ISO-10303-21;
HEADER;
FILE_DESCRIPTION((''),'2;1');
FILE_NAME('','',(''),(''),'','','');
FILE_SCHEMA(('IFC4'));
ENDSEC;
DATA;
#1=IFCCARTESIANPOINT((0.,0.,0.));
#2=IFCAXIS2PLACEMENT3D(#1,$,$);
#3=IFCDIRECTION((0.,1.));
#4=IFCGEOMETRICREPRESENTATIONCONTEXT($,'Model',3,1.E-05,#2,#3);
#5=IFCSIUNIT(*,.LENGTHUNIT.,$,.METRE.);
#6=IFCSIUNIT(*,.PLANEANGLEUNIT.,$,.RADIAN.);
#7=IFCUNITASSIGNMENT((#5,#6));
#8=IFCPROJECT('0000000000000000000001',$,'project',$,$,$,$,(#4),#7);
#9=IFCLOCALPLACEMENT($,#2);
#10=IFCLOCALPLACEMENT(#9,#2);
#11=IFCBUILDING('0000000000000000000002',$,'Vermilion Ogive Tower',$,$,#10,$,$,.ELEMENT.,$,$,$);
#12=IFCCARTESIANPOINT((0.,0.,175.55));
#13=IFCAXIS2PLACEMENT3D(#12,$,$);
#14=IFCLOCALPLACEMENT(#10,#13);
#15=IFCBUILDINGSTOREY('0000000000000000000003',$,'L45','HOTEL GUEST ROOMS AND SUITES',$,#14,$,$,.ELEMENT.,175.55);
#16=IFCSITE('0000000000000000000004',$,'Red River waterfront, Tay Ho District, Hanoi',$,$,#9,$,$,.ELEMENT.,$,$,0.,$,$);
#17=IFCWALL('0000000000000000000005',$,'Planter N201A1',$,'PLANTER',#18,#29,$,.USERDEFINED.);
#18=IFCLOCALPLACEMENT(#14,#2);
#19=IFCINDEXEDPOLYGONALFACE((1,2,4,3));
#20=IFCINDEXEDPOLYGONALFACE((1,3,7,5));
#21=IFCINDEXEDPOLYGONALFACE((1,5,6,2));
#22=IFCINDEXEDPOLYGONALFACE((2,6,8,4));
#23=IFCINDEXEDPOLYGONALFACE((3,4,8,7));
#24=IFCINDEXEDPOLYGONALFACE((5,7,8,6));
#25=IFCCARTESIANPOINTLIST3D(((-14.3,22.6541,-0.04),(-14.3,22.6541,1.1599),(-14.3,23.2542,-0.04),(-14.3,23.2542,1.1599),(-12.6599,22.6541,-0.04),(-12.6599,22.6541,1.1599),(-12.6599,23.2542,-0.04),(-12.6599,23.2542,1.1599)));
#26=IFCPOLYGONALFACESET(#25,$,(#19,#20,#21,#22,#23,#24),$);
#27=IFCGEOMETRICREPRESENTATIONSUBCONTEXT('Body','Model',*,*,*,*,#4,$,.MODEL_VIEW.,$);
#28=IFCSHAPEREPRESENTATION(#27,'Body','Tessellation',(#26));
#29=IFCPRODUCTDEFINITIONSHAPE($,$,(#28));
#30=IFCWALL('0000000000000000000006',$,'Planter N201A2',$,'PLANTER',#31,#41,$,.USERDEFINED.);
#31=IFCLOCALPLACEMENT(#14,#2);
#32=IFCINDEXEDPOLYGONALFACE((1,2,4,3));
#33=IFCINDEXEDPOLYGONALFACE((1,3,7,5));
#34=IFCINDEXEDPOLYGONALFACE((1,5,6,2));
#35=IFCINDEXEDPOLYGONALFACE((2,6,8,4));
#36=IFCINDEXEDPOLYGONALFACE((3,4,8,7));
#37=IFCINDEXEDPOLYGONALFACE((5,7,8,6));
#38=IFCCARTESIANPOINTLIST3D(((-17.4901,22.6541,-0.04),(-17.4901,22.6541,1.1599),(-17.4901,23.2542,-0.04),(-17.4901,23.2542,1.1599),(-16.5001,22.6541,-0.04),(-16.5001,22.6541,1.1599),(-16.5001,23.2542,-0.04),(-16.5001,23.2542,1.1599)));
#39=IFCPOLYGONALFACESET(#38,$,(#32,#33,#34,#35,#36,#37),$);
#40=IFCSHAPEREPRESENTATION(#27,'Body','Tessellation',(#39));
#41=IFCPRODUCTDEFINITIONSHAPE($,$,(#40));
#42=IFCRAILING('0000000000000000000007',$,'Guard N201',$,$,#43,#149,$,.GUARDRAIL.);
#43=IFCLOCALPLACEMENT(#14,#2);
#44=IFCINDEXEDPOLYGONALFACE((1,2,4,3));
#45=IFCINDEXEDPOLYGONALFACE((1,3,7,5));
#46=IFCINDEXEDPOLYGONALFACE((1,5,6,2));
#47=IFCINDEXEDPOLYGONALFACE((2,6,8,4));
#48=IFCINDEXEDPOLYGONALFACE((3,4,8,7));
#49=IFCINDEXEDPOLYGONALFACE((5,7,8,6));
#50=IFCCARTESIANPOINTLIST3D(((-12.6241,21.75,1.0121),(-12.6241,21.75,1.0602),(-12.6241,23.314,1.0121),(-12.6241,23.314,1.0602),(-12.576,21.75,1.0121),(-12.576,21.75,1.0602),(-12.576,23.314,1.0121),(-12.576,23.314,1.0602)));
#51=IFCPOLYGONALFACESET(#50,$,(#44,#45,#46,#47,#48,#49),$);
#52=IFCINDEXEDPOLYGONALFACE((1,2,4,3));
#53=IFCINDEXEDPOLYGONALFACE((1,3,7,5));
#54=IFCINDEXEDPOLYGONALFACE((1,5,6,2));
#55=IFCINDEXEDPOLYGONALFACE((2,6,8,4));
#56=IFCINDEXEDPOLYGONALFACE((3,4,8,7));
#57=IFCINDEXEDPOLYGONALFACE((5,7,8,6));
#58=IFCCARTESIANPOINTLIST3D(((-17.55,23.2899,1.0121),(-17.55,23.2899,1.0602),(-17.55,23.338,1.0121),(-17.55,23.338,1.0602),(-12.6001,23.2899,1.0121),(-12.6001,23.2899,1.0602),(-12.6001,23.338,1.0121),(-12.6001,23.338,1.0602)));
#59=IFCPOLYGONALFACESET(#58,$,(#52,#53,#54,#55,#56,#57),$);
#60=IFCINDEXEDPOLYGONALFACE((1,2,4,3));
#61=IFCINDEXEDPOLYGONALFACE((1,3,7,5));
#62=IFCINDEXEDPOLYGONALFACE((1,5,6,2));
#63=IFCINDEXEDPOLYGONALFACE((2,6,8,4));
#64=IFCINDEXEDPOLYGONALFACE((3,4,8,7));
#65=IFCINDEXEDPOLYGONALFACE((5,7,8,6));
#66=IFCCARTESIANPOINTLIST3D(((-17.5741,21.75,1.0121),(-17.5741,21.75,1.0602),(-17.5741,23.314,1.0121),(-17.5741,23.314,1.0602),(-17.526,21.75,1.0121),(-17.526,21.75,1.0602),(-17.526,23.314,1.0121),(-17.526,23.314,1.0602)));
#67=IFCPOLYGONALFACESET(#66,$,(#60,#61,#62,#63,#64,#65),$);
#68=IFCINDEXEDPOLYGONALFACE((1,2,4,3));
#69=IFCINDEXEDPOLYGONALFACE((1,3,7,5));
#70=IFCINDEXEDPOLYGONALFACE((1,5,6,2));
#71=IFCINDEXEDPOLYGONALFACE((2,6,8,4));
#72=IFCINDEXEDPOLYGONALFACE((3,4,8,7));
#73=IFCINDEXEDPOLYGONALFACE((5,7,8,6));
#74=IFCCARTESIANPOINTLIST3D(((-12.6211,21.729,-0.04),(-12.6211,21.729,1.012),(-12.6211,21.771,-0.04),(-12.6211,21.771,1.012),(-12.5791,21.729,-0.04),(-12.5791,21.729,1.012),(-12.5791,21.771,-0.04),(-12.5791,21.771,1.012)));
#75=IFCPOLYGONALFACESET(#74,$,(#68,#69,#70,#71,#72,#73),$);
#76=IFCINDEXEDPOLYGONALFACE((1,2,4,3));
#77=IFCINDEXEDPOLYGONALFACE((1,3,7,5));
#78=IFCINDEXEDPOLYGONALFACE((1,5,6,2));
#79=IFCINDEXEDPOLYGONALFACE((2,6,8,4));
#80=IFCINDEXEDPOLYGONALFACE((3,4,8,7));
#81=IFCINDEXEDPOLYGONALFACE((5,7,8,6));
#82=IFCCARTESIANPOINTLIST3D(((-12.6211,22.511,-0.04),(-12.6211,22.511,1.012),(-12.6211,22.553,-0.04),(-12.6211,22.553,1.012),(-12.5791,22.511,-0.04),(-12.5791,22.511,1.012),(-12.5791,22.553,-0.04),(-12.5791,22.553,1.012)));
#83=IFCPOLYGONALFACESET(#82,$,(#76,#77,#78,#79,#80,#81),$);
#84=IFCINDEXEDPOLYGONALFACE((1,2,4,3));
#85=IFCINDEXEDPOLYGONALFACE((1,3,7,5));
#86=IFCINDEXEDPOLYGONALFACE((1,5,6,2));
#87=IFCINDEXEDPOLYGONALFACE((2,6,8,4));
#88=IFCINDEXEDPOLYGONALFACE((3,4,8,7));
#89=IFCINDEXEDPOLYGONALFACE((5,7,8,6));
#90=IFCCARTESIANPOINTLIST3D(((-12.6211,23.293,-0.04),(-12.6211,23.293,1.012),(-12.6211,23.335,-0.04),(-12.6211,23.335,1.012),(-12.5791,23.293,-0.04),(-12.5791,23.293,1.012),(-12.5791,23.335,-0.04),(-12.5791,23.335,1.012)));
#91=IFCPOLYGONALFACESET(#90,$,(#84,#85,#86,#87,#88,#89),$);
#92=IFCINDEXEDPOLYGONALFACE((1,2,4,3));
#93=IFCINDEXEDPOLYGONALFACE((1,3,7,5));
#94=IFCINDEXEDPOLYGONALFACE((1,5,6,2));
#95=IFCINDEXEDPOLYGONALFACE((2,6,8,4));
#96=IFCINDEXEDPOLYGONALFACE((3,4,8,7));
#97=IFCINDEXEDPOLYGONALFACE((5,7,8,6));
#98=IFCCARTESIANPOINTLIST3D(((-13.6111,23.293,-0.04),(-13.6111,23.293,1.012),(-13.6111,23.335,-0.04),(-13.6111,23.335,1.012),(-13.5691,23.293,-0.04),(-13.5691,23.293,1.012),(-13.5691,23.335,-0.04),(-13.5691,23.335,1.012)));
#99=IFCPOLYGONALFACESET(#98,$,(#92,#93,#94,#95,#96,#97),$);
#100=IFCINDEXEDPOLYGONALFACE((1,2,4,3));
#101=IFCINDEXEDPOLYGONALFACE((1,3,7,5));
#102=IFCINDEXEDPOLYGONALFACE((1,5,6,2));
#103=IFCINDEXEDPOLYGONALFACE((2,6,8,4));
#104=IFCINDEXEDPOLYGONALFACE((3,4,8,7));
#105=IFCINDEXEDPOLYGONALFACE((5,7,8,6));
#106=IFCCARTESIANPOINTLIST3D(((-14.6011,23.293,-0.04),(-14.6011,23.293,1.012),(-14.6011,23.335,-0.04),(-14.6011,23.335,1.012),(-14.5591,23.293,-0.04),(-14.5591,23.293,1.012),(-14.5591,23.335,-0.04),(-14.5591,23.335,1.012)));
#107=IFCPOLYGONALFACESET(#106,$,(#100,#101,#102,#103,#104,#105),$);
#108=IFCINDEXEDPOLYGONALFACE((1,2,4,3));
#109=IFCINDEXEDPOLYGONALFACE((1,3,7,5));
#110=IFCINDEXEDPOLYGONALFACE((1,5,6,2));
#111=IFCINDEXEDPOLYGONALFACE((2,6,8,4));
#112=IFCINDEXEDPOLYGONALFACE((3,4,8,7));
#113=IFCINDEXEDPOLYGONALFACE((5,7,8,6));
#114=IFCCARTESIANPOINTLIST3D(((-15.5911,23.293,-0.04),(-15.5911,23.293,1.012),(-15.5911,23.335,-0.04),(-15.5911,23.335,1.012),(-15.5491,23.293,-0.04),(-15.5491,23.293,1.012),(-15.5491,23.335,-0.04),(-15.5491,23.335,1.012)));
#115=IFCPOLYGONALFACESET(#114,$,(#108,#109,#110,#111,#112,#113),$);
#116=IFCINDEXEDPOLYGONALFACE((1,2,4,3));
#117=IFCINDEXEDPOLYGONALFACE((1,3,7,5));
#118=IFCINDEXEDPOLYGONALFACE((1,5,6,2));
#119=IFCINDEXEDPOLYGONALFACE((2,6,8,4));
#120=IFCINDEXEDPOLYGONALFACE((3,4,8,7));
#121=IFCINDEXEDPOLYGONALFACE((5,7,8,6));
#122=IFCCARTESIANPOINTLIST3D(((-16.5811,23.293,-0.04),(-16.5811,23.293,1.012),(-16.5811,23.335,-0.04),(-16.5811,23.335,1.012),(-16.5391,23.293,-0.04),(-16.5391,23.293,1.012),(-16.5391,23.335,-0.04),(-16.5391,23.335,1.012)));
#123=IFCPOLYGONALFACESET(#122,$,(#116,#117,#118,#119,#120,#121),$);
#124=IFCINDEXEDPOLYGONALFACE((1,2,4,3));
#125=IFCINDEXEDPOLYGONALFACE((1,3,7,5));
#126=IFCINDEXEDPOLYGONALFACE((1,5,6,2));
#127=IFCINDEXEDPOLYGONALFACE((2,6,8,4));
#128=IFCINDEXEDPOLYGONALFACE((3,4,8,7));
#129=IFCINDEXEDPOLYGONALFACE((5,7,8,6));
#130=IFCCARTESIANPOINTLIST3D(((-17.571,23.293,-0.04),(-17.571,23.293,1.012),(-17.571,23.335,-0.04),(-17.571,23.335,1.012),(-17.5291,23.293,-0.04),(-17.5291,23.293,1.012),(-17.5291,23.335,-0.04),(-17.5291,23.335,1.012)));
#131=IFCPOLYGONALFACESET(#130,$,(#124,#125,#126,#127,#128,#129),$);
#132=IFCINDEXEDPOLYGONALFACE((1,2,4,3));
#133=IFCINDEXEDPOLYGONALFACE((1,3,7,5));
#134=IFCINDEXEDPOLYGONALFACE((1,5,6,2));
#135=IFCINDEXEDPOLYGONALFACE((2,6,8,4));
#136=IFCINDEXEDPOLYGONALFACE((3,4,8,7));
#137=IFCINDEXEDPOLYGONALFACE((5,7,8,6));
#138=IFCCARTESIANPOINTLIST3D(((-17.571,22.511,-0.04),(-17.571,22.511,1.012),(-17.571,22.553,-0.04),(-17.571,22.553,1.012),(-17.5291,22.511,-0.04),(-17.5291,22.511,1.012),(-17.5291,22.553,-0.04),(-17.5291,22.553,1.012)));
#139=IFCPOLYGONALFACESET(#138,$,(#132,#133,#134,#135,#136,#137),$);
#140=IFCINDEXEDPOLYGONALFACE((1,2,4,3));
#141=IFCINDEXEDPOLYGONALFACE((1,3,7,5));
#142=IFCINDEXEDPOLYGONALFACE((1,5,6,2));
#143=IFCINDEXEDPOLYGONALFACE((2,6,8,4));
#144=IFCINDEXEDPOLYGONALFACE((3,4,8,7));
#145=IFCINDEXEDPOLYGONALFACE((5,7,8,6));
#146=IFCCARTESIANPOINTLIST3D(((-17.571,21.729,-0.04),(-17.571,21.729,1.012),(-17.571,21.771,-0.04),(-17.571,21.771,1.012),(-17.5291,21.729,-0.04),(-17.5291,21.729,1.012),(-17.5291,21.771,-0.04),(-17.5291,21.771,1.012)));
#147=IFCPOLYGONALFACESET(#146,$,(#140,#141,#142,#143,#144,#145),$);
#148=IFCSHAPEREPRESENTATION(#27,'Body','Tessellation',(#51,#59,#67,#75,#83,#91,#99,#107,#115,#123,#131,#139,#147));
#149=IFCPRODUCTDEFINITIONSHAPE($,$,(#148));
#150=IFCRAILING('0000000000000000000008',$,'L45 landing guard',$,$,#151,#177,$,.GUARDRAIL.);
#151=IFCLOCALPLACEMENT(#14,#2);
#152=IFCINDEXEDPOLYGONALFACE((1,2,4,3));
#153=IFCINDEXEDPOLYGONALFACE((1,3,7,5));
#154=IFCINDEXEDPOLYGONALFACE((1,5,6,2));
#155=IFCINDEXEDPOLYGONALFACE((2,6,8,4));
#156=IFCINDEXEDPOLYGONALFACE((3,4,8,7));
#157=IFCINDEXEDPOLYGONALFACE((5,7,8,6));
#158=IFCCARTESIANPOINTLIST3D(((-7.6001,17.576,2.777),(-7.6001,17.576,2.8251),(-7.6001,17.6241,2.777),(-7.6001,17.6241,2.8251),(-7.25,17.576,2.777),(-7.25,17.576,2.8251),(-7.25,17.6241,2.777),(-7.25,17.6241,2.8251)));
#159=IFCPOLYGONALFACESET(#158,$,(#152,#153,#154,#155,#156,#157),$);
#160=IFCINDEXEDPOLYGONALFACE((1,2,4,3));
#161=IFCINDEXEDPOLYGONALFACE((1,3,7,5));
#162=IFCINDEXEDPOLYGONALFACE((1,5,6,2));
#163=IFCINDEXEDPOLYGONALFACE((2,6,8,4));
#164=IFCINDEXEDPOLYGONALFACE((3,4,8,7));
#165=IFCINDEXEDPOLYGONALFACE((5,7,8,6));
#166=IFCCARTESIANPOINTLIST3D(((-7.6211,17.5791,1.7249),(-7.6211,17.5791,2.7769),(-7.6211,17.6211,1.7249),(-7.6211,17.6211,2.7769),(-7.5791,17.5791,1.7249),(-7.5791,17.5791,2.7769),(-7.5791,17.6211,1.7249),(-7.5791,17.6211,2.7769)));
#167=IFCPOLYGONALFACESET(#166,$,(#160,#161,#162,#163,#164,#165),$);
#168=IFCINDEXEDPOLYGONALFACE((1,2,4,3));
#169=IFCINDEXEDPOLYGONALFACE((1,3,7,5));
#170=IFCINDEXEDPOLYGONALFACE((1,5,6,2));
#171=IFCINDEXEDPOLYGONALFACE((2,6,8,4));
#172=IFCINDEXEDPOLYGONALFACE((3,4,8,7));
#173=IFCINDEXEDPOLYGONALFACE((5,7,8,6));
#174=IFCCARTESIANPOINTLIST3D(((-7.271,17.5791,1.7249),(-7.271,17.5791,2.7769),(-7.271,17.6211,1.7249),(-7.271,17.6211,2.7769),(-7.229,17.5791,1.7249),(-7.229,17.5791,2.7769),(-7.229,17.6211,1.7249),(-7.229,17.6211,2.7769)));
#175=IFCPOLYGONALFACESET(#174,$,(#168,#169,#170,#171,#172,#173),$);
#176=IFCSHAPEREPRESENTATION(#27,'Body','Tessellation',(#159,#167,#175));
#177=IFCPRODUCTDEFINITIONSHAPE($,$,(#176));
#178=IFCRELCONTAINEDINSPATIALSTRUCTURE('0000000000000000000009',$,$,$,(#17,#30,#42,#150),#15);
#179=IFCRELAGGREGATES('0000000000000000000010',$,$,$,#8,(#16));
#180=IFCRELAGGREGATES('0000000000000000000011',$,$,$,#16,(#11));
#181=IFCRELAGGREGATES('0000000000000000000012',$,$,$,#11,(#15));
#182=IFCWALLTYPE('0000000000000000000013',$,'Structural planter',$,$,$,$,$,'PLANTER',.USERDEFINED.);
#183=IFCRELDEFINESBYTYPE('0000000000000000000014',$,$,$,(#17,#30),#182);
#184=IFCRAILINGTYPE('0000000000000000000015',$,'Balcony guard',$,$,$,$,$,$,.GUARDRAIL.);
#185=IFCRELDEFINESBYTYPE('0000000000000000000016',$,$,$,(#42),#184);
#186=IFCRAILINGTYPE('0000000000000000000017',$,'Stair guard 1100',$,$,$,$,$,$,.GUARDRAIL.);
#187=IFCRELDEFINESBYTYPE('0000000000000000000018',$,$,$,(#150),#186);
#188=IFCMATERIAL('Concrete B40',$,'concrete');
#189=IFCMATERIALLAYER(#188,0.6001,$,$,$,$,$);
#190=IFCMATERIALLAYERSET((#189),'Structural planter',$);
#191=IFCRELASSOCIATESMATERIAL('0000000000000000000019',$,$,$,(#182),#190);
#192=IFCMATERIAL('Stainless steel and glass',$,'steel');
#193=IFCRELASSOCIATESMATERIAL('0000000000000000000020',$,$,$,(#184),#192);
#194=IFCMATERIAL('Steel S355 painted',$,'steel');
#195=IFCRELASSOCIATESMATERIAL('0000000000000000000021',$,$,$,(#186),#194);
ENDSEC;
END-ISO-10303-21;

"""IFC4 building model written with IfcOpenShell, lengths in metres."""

from ifc_helpers import new_model, si_unit, direction, frame, frame_2d, origin, origin_2d, place, context, subcontext, project, spatial, rectangle, extrude, material, layer, layer_set, type_object, element, save


model = new_model("IFC4")

# Units and contexts
model_context = context("Model", 3, precision=1e-05, world=origin(), true_north=direction((0.0, 1.0)))
body_context = subcontext(model_context, "Body", "Model", "MODEL_VIEW")
ifc_project = project(units=[si_unit("LENGTHUNIT", "METRE"), si_unit("PLANEANGLEUNIT", "RADIAN")], contexts=[model_context])

# Site, building, storey
site_placement = place(None, origin())
site = spatial("IfcSite", under=ifc_project, at=site_placement, Name="Red River waterfront, Tay Ho District, Hanoi", CompositionType="ELEMENT", RefElevation=0.0)
building_placement = place(site_placement, origin())
building = spatial("IfcBuilding", under=site, at=building_placement, Name="Vermilion Ogive Tower", CompositionType="ELEMENT")
storey_placement = place(building_placement, frame((0.0, 0.0, 175.55)))
storey = spatial("IfcBuildingStorey", under=building, at=storey_placement, Name="L45", Description="HOTEL GUEST ROOMS AND SUITES", CompositionType="ELEMENT", Elevation=175.55)

# Walls
ifc_material_1 = material(Name="Concrete B40", Category="concrete")
ifc_layer_1 = layer(ifc_material_1, 0.6001)
ifc_layer_set_1 = layer_set([ifc_layer_1], Name="Structural planter")
wall_type_1 = type_object("IfcWallType", Name="Structural planter", ElementType="PLANTER", PredefinedType="USERDEFINED", material=ifc_layer_set_1)
wall_1_placement = place(storey_placement, frame((-12.6599, 22.9541, -0.04), z_axis=(0.0, 0.0, 1.0), x_axis=(-1.0, 0.0, 0.0)))
element("IfcWall", 1, at=wall_1_placement, inside=storey, type_object=wall_type_1, Name="Planter N201A1", ObjectType="PLANTER", PredefinedType="USERDEFINED", context=body_context, shape_type="SweptSolid", body=[
    extrude(rectangle(XDim=1.6401, YDim=0.6001, at=frame_2d((0.8201, 0.0))), origin(), (0.0, 0.0, 1.0), 1.2),
])
wall_2_placement = place(storey_placement, frame((-16.5, 22.9541, -0.04), z_axis=(0.0, 0.0, 1.0), x_axis=(-1.0, 0.0, 0.0)))
element("IfcWall", 2, at=wall_2_placement, inside=storey, type_object=wall_type_1, Name="Planter N201A2", ObjectType="PLANTER", PredefinedType="USERDEFINED", context=body_context, shape_type="SweptSolid", body=[
    extrude(rectangle(XDim=0.99, YDim=0.6001, at=frame_2d((0.4951, 0.0))), origin(), (0.0, 0.0, 1.0), 1.2),
])

# Railings
ifc_material_2 = material(Name="Stainless steel and glass", Category="steel")
railing_type_1 = type_object("IfcRailingType", Name="Balcony guard", PredefinedType="GUARDRAIL", material=ifc_material_2)
railing_1_placement = place(storey_placement, frame((-12.6001, 21.75, -0.04)))
element("IfcRailing", 3, at=railing_1_placement, inside=storey, type_object=railing_type_1, Name="Guard N201", PredefinedType="GUARDRAIL", context=body_context, shape_type="SweptSolid", body=[
    extrude(rectangle(XDim=0.0481, YDim=0.0481, at=origin_2d()), frame((0.0, 0.0, 1.0762), z_axis=(0.0, 1.0, 0.0), x_axis=(-1.0, 0.0, 0.0)), (0.0, 0.0, 1.0), 1.564),
    extrude(rectangle(XDim=0.0481, YDim=0.0481, at=origin_2d()), frame((0.0, 1.564, 1.0762), z_axis=(-1.0, 0.0, 0.0), x_axis=(0.0, -1.0, 0.0)), (0.0, 0.0, 1.0), 4.95),
    extrude(rectangle(XDim=0.0481, YDim=0.0481, at=origin_2d()), frame((-4.95, 1.564, 1.0762), z_axis=(0.0, -1.0, 0.0), x_axis=(1.0, 0.0, 0.0)), (0.0, 0.0, 1.0), 1.564),
    extrude(rectangle(XDim=0.042, YDim=0.042, at=origin_2d()), origin(), (0.0, 0.0, 1.0), 1.052),
    extrude(rectangle(XDim=0.042, YDim=0.042, at=origin_2d()), frame((0.0, 0.782, 0.0)), (0.0, 0.0, 1.0), 1.052),
    extrude(rectangle(XDim=0.042, YDim=0.042, at=origin_2d()), frame((0.0, 1.564, 0.0)), (0.0, 0.0, 1.0), 1.052),
    extrude(rectangle(XDim=0.042, YDim=0.042, at=origin_2d()), frame((-0.99, 1.564, 0.0)), (0.0, 0.0, 1.0), 1.052),
    extrude(rectangle(XDim=0.042, YDim=0.042, at=origin_2d()), frame((-1.98, 1.564, 0.0)), (0.0, 0.0, 1.0), 1.052),
    extrude(rectangle(XDim=0.042, YDim=0.042, at=origin_2d()), frame((-2.97, 1.564, 0.0)), (0.0, 0.0, 1.0), 1.052),
    extrude(rectangle(XDim=0.042, YDim=0.042, at=origin_2d()), frame((-3.96, 1.564, 0.0)), (0.0, 0.0, 1.0), 1.052),
    extrude(rectangle(XDim=0.042, YDim=0.042, at=origin_2d()), frame((-4.95, 1.564, 0.0)), (0.0, 0.0, 1.0), 1.052),
    extrude(rectangle(XDim=0.042, YDim=0.042, at=origin_2d()), frame((-4.95, 0.782, 0.0)), (0.0, 0.0, 1.0), 1.052),
    extrude(rectangle(XDim=0.042, YDim=0.042, at=origin_2d()), frame((-4.95, 0.0, 0.0)), (0.0, 0.0, 1.0), 1.052),
])
ifc_material_3 = material(Name="Steel S355 painted", Category="steel")
railing_type_2 = type_object("IfcRailingType", Name="Stair guard 1100", PredefinedType="GUARDRAIL", material=ifc_material_3)
railing_2_placement = place(storey_placement, frame((-7.6001, 17.6001, 1.7249)))
element("IfcRailing", 4, at=railing_2_placement, inside=storey, type_object=railing_type_2, Name="L45 landing guard", PredefinedType="GUARDRAIL", context=body_context, shape_type="SweptSolid", body=[
    extrude(rectangle(XDim=0.0481, YDim=0.0481, at=origin_2d()), frame((0.0, 0.0, 1.0762), z_axis=(1.0, 0.0, 0.0), x_axis=(0.0, 1.0, 0.0)), (0.0, 0.0, 1.0), 0.3501),
    extrude(rectangle(XDim=0.042, YDim=0.042, at=origin_2d()), origin(), (0.0, 0.0, 1.0), 1.052),
    extrude(rectangle(XDim=0.042, YDim=0.042, at=origin_2d()), frame((0.3501, 0.0, 0.0)), (0.0, 0.0, 1.0), 1.052),
])

save(model, "model.ifc")
